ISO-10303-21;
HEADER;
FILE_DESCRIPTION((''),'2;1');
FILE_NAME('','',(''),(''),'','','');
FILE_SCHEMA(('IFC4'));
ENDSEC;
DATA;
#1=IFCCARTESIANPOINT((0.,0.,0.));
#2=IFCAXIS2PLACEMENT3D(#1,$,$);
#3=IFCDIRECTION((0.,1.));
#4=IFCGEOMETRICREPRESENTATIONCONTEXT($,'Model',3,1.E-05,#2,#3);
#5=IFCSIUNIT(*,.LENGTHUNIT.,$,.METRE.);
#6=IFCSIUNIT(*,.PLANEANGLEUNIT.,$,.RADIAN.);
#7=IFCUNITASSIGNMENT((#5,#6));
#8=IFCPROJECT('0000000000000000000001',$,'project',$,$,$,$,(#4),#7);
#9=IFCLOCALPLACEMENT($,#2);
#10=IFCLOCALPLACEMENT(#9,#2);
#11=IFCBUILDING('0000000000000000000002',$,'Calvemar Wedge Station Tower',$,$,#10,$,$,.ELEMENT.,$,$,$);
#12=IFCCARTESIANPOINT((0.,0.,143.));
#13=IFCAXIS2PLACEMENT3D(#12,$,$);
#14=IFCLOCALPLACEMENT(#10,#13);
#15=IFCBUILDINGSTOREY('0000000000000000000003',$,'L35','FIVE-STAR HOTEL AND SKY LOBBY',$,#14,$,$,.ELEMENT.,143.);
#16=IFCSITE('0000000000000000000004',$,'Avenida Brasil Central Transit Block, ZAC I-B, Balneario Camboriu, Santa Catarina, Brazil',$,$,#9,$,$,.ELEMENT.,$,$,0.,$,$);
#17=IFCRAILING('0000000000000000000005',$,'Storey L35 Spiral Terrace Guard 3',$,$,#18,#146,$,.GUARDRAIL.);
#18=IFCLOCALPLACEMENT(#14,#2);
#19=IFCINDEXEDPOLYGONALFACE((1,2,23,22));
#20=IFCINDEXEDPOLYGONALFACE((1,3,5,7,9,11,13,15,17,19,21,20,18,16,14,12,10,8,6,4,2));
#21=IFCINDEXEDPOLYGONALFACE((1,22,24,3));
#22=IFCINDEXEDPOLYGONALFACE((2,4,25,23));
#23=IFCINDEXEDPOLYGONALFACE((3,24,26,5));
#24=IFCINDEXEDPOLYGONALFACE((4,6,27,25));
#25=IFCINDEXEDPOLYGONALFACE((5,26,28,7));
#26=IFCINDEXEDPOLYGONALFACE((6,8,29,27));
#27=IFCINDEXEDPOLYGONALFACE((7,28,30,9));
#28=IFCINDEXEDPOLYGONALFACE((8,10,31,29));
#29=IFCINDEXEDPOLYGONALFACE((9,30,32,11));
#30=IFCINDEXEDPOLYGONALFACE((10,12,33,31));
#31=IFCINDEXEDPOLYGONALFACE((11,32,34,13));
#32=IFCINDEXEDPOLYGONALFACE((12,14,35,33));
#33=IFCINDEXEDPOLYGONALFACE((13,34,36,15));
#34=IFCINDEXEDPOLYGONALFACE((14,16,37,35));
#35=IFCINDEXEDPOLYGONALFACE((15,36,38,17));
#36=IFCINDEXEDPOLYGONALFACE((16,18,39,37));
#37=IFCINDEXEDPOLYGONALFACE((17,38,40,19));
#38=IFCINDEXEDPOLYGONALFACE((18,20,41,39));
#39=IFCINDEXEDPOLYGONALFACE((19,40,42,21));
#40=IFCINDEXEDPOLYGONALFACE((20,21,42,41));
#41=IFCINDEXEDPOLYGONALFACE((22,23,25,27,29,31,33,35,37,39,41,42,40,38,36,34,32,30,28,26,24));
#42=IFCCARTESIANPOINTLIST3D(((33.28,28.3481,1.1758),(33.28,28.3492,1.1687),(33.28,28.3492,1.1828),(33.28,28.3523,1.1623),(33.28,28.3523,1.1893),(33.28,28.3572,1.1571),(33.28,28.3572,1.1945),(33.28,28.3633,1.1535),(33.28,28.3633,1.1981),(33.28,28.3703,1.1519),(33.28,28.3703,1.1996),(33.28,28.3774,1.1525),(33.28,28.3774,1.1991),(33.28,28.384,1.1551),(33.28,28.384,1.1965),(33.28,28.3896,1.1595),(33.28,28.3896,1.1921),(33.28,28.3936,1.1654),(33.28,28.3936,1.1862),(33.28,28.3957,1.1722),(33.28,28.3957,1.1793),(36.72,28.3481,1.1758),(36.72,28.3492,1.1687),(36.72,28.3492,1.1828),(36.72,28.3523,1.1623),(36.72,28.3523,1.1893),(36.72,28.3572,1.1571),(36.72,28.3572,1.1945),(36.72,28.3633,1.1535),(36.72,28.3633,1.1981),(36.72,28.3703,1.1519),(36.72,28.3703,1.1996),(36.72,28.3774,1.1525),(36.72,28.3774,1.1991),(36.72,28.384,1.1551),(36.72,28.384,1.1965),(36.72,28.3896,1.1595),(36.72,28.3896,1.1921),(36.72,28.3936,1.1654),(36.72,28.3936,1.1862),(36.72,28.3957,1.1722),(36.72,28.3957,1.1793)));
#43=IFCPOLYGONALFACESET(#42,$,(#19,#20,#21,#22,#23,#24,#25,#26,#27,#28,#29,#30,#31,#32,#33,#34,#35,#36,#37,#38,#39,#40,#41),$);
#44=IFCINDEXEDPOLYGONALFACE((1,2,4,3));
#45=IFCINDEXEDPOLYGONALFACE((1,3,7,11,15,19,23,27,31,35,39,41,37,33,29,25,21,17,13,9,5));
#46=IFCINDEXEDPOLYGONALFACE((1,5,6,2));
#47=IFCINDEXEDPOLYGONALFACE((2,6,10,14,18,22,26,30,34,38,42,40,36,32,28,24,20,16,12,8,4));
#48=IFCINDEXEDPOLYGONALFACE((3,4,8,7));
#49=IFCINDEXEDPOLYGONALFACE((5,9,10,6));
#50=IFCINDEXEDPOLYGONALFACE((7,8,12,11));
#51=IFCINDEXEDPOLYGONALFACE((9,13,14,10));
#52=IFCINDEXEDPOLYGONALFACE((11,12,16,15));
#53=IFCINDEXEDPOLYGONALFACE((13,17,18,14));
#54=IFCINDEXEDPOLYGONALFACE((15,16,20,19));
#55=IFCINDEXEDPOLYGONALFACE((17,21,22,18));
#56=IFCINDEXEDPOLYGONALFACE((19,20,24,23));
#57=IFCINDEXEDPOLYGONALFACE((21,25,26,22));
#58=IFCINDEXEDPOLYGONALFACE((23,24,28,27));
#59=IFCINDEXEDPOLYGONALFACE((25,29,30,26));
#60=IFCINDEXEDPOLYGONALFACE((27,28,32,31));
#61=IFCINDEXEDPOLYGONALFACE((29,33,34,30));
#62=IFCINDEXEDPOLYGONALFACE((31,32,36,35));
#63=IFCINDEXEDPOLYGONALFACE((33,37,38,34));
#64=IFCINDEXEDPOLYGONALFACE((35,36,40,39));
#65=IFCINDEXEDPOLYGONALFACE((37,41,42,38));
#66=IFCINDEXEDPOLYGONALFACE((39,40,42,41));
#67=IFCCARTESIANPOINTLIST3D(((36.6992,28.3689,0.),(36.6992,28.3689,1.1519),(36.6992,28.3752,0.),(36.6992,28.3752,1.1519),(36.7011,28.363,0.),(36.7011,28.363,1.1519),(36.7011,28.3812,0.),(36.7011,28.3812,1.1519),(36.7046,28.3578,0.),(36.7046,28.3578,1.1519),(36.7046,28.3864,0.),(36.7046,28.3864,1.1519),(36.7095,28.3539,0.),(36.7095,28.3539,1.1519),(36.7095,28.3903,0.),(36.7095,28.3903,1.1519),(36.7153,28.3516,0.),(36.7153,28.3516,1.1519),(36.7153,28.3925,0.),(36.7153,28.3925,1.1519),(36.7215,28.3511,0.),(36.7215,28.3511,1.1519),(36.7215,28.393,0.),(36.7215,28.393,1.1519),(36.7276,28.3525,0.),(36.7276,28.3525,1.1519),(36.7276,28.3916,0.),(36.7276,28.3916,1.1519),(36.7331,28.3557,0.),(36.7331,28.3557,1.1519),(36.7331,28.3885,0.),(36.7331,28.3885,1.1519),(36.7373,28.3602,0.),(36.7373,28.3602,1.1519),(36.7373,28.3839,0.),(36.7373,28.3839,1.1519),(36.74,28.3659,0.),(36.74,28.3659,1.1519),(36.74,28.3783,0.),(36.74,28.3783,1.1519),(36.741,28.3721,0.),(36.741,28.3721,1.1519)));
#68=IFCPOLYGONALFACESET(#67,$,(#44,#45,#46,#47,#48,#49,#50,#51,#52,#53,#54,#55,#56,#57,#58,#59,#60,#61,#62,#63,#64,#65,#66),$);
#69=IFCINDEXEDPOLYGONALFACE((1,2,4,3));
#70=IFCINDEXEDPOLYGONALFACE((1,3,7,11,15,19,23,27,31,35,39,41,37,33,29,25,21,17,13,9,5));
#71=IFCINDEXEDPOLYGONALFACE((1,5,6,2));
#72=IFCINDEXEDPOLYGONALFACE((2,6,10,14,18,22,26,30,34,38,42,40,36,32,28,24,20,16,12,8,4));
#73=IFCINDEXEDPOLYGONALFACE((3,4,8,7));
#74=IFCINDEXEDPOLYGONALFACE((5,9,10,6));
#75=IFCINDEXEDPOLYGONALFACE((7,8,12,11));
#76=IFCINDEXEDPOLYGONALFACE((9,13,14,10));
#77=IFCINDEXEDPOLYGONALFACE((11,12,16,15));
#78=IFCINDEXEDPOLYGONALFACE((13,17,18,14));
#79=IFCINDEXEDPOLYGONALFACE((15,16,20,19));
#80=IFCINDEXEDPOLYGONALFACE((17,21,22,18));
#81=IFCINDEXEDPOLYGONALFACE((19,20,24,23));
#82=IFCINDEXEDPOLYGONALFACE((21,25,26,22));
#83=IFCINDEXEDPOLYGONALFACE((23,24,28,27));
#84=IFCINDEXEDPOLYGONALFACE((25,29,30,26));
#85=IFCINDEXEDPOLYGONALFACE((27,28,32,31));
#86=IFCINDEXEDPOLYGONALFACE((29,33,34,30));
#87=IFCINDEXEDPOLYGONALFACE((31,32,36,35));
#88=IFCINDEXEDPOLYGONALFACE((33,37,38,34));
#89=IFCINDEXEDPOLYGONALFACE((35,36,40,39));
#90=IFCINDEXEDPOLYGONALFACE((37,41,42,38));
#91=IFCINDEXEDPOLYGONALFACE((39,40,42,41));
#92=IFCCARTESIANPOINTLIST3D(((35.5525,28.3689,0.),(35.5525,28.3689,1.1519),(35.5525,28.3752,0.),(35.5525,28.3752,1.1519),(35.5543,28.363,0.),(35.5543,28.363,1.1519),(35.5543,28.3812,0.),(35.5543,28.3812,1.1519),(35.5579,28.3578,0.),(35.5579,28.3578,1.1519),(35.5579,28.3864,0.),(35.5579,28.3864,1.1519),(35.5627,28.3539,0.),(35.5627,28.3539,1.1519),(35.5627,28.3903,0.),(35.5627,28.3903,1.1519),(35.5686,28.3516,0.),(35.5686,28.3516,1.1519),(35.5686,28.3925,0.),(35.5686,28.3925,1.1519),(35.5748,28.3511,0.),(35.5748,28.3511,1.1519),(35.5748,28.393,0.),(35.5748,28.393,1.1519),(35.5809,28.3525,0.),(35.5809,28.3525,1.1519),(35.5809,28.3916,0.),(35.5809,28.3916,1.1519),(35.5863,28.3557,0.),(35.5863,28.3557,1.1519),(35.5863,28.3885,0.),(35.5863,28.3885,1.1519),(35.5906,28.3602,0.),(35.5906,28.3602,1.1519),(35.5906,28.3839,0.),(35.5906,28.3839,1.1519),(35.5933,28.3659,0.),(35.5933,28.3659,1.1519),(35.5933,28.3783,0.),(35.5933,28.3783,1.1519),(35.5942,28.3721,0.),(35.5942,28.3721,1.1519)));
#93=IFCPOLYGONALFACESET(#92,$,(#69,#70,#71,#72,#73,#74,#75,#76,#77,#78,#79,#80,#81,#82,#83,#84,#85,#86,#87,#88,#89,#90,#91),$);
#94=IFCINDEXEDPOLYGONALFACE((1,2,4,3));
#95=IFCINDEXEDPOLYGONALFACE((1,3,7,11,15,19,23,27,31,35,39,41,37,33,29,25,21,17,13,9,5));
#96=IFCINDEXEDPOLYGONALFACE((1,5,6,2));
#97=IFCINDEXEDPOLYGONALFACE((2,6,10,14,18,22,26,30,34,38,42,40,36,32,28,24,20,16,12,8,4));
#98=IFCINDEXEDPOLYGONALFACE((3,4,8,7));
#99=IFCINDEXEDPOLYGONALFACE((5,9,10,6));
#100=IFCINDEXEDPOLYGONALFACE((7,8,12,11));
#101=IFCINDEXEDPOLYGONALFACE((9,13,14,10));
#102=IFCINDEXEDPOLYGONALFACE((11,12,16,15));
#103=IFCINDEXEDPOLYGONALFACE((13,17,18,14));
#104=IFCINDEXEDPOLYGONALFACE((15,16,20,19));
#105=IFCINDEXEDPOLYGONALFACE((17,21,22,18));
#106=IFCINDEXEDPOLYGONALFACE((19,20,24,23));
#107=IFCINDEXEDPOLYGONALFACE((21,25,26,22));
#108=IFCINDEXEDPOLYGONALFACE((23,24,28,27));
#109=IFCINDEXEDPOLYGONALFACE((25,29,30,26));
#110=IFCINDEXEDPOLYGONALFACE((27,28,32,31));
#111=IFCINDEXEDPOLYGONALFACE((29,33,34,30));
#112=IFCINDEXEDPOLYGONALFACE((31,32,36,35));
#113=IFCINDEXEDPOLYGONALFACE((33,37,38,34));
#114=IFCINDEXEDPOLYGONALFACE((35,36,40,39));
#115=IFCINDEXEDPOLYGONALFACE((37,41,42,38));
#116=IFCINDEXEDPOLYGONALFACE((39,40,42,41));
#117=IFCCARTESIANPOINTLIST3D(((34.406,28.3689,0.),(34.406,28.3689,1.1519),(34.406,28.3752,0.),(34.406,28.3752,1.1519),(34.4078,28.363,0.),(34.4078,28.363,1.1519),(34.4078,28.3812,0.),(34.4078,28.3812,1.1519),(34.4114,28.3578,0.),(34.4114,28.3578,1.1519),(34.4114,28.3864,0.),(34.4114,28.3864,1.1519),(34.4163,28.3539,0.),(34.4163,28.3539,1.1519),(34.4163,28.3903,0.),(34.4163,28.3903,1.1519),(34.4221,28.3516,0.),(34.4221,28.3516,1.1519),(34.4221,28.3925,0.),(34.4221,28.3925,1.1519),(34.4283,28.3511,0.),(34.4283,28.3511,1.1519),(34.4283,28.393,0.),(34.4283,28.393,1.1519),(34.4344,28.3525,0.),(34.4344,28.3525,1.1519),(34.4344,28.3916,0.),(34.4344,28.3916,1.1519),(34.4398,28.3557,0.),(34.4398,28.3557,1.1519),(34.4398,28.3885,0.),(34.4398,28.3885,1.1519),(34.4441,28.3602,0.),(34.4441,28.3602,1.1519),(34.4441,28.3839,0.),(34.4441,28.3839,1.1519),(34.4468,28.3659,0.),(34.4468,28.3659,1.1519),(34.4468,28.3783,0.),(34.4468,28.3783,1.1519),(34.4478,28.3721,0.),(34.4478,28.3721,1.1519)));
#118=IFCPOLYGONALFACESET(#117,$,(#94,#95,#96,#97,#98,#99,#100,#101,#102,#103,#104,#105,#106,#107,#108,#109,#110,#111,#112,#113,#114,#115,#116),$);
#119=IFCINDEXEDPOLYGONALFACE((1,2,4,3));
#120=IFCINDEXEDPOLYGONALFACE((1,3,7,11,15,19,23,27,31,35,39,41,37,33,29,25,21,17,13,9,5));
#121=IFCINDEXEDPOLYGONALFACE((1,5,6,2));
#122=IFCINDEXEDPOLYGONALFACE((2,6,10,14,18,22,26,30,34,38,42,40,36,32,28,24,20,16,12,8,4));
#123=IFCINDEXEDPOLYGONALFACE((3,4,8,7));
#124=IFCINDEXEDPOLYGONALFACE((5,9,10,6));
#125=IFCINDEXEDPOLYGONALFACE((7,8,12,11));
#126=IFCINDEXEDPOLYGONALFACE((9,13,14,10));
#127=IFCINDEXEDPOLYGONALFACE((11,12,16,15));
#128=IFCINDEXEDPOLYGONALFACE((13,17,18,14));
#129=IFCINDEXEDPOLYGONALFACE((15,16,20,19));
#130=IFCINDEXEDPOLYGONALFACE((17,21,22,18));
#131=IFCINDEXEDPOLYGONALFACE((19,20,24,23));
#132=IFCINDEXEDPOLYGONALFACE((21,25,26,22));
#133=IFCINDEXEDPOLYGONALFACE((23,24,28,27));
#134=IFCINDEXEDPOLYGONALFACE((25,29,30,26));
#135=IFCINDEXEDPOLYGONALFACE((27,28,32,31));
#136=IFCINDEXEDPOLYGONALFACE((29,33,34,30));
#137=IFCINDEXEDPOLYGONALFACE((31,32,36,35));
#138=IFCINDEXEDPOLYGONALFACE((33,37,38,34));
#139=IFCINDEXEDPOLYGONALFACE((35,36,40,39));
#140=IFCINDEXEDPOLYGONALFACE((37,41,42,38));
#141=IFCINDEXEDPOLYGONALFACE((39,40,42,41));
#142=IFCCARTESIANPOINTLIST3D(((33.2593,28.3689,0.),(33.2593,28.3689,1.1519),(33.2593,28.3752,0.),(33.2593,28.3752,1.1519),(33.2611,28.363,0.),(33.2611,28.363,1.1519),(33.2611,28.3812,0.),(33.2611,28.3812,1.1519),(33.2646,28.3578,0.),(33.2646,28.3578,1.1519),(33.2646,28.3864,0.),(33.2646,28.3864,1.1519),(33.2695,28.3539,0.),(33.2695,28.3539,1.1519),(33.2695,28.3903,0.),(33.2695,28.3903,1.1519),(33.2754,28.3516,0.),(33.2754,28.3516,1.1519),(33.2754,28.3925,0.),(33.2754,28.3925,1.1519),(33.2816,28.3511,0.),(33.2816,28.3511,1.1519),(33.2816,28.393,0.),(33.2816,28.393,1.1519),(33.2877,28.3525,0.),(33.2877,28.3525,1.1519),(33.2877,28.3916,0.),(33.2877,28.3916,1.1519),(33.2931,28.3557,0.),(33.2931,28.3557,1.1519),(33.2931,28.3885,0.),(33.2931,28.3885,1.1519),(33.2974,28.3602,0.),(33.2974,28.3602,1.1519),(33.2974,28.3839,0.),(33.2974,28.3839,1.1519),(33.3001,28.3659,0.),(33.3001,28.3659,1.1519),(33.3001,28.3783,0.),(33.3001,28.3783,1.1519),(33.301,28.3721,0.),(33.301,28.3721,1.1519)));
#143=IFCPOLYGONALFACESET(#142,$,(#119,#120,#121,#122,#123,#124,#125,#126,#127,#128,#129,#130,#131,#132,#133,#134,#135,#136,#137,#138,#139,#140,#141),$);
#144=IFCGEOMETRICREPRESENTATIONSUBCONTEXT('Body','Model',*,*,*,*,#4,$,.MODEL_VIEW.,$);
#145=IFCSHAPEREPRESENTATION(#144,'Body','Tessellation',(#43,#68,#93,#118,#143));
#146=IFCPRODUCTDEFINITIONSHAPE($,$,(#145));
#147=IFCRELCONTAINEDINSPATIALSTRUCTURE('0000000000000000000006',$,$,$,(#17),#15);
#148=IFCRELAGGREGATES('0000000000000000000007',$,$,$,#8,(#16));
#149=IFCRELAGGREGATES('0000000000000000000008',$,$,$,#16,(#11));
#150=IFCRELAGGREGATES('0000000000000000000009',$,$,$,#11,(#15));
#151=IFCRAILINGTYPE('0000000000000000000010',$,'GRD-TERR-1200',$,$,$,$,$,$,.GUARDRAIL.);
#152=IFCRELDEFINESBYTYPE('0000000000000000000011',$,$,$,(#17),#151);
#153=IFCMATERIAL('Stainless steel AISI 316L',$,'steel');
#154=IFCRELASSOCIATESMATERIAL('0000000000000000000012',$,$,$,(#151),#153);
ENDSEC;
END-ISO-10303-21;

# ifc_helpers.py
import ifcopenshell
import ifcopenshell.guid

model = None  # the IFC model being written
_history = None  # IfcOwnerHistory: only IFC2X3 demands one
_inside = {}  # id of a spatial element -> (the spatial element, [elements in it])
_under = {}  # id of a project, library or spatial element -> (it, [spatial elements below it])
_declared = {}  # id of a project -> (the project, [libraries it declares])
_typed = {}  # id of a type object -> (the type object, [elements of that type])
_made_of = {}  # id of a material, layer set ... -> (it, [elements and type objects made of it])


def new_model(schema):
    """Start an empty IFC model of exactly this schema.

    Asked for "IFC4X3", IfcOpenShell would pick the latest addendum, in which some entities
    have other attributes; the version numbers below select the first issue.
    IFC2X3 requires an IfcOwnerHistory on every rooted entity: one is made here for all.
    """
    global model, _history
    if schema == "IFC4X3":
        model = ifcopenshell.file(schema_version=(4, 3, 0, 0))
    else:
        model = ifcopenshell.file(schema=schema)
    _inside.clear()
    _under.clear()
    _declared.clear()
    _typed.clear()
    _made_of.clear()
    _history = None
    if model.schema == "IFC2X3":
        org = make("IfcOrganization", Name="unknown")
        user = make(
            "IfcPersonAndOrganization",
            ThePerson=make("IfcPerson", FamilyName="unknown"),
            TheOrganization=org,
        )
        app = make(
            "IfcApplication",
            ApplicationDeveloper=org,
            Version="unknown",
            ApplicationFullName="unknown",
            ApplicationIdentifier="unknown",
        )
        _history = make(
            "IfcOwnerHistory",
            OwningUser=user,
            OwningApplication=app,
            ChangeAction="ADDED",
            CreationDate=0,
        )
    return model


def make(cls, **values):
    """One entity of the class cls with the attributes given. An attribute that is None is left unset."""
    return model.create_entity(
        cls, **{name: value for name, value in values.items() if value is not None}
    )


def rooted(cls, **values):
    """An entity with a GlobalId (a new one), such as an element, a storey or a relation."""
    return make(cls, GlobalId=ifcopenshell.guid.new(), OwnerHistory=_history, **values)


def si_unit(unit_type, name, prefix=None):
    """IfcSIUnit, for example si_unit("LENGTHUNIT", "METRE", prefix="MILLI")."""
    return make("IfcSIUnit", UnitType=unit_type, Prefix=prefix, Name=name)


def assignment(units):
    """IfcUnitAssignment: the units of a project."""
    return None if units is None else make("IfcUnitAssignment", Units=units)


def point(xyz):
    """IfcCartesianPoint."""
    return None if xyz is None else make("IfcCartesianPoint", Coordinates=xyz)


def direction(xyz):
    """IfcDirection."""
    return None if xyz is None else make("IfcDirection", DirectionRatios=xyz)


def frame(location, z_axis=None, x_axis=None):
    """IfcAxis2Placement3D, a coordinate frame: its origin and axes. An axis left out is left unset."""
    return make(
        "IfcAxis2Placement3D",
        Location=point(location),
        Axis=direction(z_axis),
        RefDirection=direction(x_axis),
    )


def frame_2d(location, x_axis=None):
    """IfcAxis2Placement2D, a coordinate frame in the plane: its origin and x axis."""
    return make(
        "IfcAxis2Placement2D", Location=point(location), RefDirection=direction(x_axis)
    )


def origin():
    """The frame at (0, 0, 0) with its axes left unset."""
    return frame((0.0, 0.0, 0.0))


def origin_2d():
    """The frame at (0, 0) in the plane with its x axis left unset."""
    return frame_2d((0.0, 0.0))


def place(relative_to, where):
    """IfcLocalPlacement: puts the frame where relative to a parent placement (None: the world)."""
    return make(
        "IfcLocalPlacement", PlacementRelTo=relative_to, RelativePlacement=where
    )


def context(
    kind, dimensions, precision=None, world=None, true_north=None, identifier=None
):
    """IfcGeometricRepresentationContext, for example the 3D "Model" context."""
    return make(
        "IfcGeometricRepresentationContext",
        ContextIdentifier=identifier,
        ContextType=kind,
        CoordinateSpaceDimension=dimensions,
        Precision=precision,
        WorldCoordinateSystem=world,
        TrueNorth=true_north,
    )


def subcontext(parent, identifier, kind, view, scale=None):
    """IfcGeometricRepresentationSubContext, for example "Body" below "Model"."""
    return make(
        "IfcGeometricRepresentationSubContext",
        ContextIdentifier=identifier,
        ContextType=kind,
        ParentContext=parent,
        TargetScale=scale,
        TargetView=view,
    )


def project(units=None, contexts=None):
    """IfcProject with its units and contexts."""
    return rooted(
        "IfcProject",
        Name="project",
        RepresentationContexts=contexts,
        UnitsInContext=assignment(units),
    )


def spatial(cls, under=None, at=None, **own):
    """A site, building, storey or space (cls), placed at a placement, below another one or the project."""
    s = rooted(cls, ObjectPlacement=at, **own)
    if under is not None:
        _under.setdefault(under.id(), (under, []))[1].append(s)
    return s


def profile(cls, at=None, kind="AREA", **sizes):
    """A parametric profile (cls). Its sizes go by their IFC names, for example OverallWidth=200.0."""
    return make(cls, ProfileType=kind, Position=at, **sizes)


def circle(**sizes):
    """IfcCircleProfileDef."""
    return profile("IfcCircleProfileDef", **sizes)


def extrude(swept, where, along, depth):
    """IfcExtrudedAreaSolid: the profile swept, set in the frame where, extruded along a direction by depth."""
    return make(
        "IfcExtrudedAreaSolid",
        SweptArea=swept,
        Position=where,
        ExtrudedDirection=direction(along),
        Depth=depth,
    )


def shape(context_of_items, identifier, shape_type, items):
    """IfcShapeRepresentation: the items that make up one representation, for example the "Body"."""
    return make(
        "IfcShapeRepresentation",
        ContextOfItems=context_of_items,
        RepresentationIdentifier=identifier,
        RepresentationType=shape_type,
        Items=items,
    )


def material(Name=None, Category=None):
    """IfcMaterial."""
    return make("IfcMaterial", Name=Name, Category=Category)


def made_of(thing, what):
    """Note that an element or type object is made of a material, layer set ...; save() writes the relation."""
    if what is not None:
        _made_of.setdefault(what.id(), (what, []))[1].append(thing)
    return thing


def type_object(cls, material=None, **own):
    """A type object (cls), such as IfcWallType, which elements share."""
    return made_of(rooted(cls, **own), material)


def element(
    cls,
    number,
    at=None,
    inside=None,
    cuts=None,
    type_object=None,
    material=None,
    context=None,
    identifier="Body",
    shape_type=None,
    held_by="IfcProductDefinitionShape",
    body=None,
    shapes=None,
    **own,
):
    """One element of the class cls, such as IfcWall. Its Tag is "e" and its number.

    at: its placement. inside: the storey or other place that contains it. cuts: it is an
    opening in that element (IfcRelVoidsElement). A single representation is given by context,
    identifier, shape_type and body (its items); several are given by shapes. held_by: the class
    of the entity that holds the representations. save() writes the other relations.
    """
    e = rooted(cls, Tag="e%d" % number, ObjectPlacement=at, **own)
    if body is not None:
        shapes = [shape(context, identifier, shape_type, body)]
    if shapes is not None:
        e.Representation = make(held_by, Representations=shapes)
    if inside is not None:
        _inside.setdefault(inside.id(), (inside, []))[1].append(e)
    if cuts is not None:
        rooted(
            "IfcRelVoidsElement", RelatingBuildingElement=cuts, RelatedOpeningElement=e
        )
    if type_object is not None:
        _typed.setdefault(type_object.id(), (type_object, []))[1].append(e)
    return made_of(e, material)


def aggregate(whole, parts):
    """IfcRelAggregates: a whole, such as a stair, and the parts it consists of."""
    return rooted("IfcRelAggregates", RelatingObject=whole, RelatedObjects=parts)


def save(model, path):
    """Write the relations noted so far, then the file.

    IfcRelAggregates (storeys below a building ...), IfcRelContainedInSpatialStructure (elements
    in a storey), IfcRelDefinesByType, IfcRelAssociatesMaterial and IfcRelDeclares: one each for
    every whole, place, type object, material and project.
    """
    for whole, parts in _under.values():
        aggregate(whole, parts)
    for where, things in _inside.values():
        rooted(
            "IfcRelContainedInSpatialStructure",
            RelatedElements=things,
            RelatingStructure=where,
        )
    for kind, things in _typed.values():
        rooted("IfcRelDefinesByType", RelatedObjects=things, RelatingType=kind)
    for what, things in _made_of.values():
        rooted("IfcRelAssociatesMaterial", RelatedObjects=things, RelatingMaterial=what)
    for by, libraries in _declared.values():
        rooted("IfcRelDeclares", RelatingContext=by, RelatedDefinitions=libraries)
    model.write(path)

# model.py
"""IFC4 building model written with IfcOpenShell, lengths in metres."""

from ifc_helpers import new_model, si_unit, direction, frame, origin, origin_2d, place, context, subcontext, project, spatial, circle, extrude, material, type_object, element, save


model = new_model("IFC4")

# Units and contexts
model_context = context("Model", 3, precision=1e-05, world=origin(), true_north=direction((0.0, 1.0)))
body_context = subcontext(model_context, "Body", "Model", "MODEL_VIEW")
ifc_project = project(units=[si_unit("LENGTHUNIT", "METRE"), si_unit("PLANEANGLEUNIT", "RADIAN")], contexts=[model_context])

# Site, building, storey
site_placement = place(None, origin())
site = spatial("IfcSite", under=ifc_project, at=site_placement, Name="Avenida Brasil Central Transit Block, ZAC I-B, Balneario Camboriu, Santa Catarina, Brazil", CompositionType="ELEMENT", RefElevation=0.0)
building_placement = place(site_placement, origin())
building = spatial("IfcBuilding", under=site, at=building_placement, Name="Calvemar Wedge Station Tower", CompositionType="ELEMENT")
storey_placement = place(building_placement, frame((0.0, 0.0, 143.0)))
storey = spatial("IfcBuildingStorey", under=building, at=storey_placement, Name="L35", Description="FIVE-STAR HOTEL AND SKY LOBBY", CompositionType="ELEMENT", Elevation=143.0)

# Railing
ifc_material_1 = material(Name="Stainless steel AISI 316L", Category="steel")
railing_type = type_object("IfcRailingType", Name="GRD-TERR-1200", PredefinedType="GUARDRAIL", material=ifc_material_1)
railing_1_placement = place(storey_placement, frame((36.72, 28.3721, 0.0)))
element("IfcRailing", 1, at=railing_1_placement, inside=storey, type_object=railing_type, Name="Storey L35 Spiral Terrace Guard 3", PredefinedType="GUARDRAIL", context=body_context, shape_type="SweptSolid", body=[
    extrude(circle(Radius=0.0239, at=origin_2d()), frame((0.0, 0.0, 1.1758), z_axis=(-1.0, 0.0, 0.0), x_axis=(0.0, -1.0, 0.0)), (0.0, 0.0, 1.0), 3.4399),
    extrude(circle(Radius=0.021, at=origin_2d()), origin(), (0.0, 0.0, 1.0), 1.1519),
    extrude(circle(Radius=0.021, at=origin_2d()), frame((-1.1467, 0.0, 0.0)), (0.0, 0.0, 1.0), 1.1519),
    extrude(circle(Radius=0.021, at=origin_2d()), frame((-2.2932, 0.0, 0.0)), (0.0, 0.0, 1.0), 1.1519),
    extrude(circle(Radius=0.021, at=origin_2d()), frame((-3.4399, 0.0, 0.0)), (0.0, 0.0, 1.0), 1.1519),
])

save(model, "model.ifc")
